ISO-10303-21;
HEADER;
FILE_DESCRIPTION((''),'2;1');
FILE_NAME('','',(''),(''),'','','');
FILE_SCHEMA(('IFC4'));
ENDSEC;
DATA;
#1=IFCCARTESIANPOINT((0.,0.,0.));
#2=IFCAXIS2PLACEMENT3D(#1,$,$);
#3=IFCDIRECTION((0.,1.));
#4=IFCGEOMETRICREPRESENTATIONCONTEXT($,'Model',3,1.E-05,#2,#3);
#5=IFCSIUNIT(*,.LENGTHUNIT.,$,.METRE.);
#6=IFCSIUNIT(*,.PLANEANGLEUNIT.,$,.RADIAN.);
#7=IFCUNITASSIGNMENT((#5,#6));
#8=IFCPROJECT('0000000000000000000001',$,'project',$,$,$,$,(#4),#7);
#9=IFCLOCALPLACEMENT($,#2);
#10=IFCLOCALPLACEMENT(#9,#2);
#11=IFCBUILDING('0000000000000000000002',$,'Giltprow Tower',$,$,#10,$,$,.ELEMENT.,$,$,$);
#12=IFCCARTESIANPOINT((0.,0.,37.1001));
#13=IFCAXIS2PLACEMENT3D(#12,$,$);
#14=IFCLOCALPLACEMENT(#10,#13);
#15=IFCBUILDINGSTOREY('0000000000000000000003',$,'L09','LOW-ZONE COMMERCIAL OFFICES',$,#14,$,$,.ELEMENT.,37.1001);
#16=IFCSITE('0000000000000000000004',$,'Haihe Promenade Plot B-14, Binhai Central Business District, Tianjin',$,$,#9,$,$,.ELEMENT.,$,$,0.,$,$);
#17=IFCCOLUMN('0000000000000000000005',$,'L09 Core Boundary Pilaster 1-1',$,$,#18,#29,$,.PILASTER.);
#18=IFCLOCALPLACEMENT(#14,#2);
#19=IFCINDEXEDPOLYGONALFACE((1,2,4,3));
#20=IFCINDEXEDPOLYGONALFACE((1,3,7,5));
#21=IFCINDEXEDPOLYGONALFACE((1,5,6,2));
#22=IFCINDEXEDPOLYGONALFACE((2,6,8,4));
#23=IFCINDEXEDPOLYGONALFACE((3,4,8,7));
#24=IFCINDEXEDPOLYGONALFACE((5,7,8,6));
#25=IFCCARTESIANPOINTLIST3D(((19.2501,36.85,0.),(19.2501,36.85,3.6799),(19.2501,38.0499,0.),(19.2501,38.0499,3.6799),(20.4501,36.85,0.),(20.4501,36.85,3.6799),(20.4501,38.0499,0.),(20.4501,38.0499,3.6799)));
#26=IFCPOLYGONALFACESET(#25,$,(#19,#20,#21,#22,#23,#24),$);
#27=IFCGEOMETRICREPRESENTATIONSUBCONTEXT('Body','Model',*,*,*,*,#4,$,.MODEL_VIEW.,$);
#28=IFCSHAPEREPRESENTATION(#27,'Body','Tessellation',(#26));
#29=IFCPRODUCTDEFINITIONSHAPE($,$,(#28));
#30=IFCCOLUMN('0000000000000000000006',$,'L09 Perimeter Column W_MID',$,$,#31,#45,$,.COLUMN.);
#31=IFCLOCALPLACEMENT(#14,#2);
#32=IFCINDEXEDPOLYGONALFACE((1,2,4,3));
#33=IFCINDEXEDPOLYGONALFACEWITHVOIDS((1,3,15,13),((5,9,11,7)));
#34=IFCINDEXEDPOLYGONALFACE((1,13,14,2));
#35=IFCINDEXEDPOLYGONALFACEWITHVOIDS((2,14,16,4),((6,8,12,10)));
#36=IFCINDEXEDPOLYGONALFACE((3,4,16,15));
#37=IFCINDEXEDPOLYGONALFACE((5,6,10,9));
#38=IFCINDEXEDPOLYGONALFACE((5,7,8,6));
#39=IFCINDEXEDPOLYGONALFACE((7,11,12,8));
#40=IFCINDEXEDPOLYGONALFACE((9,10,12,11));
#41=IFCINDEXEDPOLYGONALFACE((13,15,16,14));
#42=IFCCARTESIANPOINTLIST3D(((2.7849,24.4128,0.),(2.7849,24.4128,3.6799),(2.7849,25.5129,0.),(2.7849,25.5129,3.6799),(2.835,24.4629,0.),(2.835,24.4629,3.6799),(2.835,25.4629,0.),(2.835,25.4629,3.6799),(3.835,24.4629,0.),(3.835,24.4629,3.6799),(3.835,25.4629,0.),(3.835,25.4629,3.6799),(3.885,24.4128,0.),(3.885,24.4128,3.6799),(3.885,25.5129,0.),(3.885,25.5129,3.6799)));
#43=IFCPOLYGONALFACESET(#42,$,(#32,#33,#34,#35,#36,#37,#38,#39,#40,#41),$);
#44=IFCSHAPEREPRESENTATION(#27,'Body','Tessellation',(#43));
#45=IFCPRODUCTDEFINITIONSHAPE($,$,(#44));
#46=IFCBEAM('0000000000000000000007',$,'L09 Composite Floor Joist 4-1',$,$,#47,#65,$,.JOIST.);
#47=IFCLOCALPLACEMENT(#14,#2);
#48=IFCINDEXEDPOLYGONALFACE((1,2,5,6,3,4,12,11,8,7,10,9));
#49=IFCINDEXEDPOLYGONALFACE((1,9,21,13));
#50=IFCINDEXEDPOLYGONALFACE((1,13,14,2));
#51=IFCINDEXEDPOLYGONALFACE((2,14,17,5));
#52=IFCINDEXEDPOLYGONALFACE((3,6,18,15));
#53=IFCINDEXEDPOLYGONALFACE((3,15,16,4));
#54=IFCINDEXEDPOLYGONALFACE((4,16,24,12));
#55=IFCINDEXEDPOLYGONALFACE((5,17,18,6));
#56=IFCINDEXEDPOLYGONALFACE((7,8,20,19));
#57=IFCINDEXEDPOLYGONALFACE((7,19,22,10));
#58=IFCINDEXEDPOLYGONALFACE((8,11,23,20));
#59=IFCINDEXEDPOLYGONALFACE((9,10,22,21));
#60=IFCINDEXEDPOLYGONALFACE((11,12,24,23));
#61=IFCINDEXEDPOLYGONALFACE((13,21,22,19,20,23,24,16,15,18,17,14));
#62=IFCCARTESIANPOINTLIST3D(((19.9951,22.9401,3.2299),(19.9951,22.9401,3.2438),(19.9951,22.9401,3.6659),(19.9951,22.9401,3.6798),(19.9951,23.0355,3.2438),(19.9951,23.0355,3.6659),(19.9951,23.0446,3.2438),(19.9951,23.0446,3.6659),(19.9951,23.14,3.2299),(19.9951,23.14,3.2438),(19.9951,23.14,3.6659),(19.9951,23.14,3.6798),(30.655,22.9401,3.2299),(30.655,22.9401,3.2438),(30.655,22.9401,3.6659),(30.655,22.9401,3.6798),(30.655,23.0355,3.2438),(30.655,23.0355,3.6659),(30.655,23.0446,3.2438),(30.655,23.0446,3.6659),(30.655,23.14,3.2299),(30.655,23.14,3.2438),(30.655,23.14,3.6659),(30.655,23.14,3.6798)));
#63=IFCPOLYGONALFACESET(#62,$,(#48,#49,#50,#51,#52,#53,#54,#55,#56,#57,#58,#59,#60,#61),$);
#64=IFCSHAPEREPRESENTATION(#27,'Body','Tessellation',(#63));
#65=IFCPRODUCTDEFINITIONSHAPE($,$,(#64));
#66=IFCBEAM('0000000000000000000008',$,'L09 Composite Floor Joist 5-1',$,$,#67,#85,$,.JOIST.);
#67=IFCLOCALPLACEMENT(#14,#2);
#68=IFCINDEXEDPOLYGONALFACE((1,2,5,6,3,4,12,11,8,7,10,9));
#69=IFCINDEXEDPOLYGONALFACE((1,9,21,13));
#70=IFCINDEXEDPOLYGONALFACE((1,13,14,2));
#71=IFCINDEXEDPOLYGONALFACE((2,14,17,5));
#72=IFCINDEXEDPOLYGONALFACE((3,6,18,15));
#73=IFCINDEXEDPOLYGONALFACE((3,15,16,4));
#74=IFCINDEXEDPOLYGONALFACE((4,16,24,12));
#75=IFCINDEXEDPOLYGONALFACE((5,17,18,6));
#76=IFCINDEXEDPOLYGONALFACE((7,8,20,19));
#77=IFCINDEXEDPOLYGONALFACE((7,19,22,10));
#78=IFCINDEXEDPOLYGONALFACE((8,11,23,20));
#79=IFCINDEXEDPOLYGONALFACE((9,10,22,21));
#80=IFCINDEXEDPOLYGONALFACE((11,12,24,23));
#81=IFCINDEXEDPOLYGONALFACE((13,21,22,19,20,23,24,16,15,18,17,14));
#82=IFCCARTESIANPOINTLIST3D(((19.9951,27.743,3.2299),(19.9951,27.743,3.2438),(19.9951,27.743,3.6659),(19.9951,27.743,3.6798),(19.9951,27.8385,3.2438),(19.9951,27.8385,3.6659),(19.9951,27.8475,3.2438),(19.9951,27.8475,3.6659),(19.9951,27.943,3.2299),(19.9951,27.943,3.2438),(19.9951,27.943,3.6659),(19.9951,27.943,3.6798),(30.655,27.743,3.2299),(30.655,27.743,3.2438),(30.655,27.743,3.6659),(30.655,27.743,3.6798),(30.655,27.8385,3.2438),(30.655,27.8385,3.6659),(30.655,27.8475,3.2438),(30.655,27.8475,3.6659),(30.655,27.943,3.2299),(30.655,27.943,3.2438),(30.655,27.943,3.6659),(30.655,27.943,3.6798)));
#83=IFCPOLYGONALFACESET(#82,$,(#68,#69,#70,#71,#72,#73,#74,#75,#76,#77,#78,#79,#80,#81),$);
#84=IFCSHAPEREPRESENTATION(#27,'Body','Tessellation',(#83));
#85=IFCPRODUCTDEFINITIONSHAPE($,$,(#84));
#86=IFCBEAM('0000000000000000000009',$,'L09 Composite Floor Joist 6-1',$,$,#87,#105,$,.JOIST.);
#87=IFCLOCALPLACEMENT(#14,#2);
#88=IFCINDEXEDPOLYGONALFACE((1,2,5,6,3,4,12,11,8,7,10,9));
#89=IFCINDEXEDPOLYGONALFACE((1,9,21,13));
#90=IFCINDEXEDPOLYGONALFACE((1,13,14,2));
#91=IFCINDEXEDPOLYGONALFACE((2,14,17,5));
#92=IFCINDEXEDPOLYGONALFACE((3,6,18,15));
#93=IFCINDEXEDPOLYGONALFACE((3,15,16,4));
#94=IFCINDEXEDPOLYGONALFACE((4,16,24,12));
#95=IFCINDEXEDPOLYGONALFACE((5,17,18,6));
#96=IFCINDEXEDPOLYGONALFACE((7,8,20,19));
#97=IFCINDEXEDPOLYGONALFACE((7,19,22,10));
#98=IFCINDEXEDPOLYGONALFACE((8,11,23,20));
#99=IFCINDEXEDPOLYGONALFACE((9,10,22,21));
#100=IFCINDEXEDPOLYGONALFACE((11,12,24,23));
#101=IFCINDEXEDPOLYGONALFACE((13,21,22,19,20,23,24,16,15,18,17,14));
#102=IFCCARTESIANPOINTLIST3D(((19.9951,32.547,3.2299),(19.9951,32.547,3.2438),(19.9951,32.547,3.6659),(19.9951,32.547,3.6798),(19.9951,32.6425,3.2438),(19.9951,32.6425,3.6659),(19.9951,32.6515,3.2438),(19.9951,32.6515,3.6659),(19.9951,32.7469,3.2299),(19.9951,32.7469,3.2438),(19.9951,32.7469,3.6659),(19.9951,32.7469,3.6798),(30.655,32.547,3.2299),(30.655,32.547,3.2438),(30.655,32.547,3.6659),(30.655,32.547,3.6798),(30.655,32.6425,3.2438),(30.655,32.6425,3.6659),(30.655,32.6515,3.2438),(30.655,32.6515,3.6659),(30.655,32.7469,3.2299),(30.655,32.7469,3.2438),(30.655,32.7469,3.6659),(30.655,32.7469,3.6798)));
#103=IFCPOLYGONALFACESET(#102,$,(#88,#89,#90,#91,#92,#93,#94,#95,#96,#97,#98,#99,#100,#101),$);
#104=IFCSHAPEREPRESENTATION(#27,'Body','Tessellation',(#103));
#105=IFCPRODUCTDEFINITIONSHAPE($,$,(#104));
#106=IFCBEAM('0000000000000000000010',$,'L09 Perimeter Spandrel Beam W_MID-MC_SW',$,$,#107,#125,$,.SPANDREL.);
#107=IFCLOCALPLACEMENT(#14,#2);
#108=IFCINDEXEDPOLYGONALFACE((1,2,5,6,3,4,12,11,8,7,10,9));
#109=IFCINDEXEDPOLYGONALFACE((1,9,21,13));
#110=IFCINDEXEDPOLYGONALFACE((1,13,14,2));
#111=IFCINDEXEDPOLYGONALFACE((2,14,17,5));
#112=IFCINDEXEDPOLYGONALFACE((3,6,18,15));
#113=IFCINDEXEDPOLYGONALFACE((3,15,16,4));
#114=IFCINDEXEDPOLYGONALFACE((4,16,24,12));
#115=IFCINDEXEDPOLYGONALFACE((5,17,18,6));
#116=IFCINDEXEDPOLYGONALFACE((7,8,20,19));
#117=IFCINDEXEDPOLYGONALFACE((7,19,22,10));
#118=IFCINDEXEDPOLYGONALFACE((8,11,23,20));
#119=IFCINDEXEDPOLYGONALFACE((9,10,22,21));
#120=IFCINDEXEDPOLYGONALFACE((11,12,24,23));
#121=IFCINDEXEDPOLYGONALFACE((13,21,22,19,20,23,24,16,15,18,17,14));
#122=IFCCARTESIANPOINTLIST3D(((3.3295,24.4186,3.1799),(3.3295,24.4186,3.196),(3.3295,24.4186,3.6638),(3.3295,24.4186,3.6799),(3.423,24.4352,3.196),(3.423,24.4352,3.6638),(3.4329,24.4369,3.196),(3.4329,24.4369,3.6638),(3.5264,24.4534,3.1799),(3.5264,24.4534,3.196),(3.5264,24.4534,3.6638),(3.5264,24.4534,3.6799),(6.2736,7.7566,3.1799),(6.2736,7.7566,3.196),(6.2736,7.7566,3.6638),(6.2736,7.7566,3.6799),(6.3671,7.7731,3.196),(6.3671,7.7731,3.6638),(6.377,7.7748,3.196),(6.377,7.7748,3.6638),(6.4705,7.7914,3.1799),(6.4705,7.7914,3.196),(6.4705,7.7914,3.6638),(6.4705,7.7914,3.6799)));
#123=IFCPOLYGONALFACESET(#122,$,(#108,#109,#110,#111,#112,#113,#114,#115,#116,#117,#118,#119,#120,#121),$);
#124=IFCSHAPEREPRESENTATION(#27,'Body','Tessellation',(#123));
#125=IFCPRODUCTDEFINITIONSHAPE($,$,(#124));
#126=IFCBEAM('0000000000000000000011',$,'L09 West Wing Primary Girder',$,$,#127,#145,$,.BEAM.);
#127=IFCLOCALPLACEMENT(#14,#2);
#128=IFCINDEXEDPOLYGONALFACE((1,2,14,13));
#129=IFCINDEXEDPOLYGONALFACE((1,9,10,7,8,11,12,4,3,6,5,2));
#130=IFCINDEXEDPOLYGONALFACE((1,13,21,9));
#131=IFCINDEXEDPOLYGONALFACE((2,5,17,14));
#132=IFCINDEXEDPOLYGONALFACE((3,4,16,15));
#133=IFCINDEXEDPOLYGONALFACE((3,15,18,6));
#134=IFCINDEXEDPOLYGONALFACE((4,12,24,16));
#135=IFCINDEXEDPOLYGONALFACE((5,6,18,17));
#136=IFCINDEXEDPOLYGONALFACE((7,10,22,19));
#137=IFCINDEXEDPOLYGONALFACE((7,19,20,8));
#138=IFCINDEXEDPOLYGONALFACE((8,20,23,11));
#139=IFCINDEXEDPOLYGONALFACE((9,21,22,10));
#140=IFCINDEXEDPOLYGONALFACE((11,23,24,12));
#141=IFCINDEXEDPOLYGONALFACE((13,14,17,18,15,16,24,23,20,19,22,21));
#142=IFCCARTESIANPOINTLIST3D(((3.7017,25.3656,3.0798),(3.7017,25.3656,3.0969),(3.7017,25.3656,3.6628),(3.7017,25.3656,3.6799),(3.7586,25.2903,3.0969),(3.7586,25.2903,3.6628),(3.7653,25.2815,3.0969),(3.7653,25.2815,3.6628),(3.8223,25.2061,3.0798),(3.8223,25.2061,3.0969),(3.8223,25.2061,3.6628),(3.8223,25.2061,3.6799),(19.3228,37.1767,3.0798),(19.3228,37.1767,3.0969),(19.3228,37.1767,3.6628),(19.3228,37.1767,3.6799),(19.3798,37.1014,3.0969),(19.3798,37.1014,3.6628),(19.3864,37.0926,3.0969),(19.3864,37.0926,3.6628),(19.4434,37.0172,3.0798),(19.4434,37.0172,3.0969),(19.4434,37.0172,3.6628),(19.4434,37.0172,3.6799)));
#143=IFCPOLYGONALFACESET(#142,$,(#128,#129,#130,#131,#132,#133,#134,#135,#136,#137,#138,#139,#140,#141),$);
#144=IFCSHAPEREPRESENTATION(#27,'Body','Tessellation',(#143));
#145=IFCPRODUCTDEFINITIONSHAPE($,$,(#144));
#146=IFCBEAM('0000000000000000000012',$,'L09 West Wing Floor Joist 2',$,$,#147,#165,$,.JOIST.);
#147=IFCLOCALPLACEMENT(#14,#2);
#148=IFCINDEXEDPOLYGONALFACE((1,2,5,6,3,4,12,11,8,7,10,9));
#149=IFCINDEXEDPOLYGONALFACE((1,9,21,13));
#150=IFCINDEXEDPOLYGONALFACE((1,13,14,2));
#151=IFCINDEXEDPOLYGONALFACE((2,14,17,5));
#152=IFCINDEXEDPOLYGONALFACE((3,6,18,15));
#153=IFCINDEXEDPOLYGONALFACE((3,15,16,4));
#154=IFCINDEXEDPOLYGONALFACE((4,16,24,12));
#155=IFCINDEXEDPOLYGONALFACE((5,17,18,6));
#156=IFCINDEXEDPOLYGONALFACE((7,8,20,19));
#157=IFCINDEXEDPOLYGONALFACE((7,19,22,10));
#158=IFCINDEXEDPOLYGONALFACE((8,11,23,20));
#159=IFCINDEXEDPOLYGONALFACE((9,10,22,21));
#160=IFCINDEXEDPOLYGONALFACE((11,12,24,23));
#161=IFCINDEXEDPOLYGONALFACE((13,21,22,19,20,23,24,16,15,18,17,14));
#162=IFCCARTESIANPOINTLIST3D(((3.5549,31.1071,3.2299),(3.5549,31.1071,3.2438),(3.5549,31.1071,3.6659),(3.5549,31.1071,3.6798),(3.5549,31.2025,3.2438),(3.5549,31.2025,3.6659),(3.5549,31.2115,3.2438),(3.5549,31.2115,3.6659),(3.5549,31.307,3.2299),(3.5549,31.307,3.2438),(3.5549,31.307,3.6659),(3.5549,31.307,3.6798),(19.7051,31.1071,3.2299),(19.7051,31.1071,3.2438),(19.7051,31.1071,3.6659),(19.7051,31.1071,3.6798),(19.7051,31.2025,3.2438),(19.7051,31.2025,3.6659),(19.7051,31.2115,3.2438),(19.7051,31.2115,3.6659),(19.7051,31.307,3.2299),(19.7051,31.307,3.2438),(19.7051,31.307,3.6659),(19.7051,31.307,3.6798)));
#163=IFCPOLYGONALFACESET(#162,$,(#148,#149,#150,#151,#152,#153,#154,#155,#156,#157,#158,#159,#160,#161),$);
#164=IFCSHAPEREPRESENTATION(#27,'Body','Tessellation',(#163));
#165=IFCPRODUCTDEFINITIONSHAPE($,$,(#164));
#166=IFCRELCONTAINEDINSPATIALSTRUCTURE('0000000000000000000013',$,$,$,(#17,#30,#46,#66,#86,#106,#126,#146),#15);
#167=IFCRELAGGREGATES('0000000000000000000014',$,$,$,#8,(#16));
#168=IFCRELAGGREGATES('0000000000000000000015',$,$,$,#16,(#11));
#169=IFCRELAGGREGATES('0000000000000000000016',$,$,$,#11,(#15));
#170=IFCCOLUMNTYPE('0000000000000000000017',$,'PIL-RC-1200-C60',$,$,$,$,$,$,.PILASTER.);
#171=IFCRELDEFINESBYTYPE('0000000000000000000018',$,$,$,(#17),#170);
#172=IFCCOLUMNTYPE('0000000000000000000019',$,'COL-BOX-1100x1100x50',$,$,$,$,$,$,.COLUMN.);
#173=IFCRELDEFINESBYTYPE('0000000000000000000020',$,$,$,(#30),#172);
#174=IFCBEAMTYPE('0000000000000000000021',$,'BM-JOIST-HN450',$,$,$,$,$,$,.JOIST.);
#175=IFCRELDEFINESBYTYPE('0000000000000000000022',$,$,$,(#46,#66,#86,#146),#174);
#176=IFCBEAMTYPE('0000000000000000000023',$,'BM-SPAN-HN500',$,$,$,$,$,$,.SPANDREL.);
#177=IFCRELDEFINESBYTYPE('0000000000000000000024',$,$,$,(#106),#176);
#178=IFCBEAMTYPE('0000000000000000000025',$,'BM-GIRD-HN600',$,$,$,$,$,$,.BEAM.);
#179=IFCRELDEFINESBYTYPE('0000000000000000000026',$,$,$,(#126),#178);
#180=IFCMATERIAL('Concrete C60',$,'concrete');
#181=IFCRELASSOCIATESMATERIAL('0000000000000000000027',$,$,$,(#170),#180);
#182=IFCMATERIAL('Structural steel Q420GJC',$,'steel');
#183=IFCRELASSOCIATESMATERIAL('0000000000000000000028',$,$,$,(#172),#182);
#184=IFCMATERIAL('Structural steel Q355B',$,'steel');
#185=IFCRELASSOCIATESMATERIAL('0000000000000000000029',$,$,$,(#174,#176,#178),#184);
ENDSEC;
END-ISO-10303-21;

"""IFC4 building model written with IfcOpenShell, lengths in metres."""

from ifc_helpers import new_model, si_unit, direction, frame, origin, origin_2d, place, context, subcontext, project, spatial, rectangle, hollow_rectangle, i_section, extrude, source, transform, mapped, material, material_profile, profile_set, type_object, element, save


model = new_model("IFC4")

# Units and contexts
model_context = context("Model", 3, precision=1e-05, world=origin(), true_north=direction((0.0, 1.0)))
body_context = subcontext(model_context, "Body", "Model", "MODEL_VIEW")
ifc_project = project(units=[si_unit("LENGTHUNIT", "METRE"), si_unit("PLANEANGLEUNIT", "RADIAN")], contexts=[model_context])

# Site, building, storey
site_placement = place(None, origin())
site = spatial("IfcSite", under=ifc_project, at=site_placement, Name="Haihe Promenade Plot B-14, Binhai Central Business District, Tianjin", CompositionType="ELEMENT", RefElevation=0.0)
building_placement = place(site_placement, origin())
building = spatial("IfcBuilding", under=site, at=building_placement, Name="Giltprow Tower", CompositionType="ELEMENT")
storey_placement = place(building_placement, frame((0.0, 0.0, 37.1001)))
storey = spatial("IfcBuildingStorey", under=building, at=storey_placement, Name="L09", Description="LOW-ZONE COMMERCIAL OFFICES", CompositionType="ELEMENT", Elevation=37.1001)

# Columns
ifc_material_1 = material(Name="Concrete C60", Category="concrete")
ifc_material_profile_1 = material_profile(ifc_material_1, rectangle(XDim=1.2, YDim=1.2, at=origin_2d()), Name="RC 1200x1200")
ifc_profile_set_1 = profile_set([ifc_material_profile_1], Name="Concrete C60")
column_type_1 = type_object("IfcColumnType", Name="PIL-RC-1200-C60", PredefinedType="PILASTER", material=ifc_profile_set_1)
shared_shape_1 = source(origin(), body_context, "Body", "SweptSolid", [
    extrude(rectangle(XDim=1.2, YDim=1.2, at=origin_2d()), origin(), (0.0, 0.0, 1.0), 3.6799),
])
column_1_placement = place(storey_placement, frame((19.8501, 37.45, 0.0), z_axis=(0.0, 0.0, 1.0), x_axis=(1.0, 0.0, 0.0)))
element("IfcColumn", 1, at=column_1_placement, inside=storey, type_object=column_type_1, Name="L09 Core Boundary Pilaster 1-1", PredefinedType="PILASTER", context=body_context, shape_type="MappedRepresentation", body=[
    mapped(shared_shape_1, transform((0.0, 0.0, 0.0), x_axis=(1.0, 0.0, 0.0), y_axis=(0.0, 1.0, 0.0), z_axis=(0.0, 0.0, 1.0), scale=1.0)),
])
ifc_material_2 = material(Name="Structural steel Q420GJC", Category="steel")
ifc_material_profile_2 = material_profile(ifc_material_2, hollow_rectangle(XDim=1.1001, YDim=1.1001, WallThickness=0.05, at=origin_2d()), Name="BOX 1100x1100x50")
ifc_profile_set_2 = profile_set([ifc_material_profile_2], Name="Structural steel Q420GJC")
column_type_2 = type_object("IfcColumnType", Name="COL-BOX-1100x1100x50", PredefinedType="COLUMN", material=ifc_profile_set_2)
shared_shape_2 = source(origin(), body_context, "Body", "SweptSolid", [
    extrude(hollow_rectangle(XDim=1.1001, YDim=1.1001, WallThickness=0.05, at=origin_2d()), origin(), (0.0, 0.0, 1.0), 3.6799),
])
column_2_placement = place(storey_placement, frame((3.335, 24.9629, 0.0), z_axis=(0.0, 0.0, 1.0), x_axis=(1.0, 0.0, 0.0)))
element("IfcColumn", 2, at=column_2_placement, inside=storey, type_object=column_type_2, Name="L09 Perimeter Column W_MID", PredefinedType="COLUMN", context=body_context, shape_type="MappedRepresentation", body=[
    mapped(shared_shape_2, transform((0.0, 0.0, 0.0), x_axis=(1.0, 0.0, 0.0), y_axis=(0.0, 1.0, 0.0), z_axis=(0.0, 0.0, 1.0), scale=1.0)),
])

# Beams
ifc_material_3 = material(Name="Structural steel Q355B", Category="steel")
ifc_material_profile_3 = material_profile(ifc_material_3, i_section(OverallWidth=0.2, OverallDepth=0.45, WebThickness=0.009, FlangeThickness=0.0139, at=origin_2d()), Name="HN 450x200x9x14")
ifc_profile_set_3 = profile_set([ifc_material_profile_3], Name="Structural steel Q355B")
beam_type_1 = type_object("IfcBeamType", Name="BM-JOIST-HN450", PredefinedType="JOIST", material=ifc_profile_set_3)
shared_shape_3 = source(origin(), body_context, "Body", "SweptSolid", [
    extrude(i_section(OverallWidth=0.2, OverallDepth=0.45, WebThickness=0.009, FlangeThickness=0.0139, at=origin_2d()), origin(), (0.0, 0.0, 1.0), 10.6599),
])
for number, where, z_axis, x_axis, name in (
    (3, (19.9951, 23.04, 3.4548), (1.0, 0.0, 0.0), (0.0, 1.0, 0.0), "L09 Composite Floor Joist 4-1"),
    (4, (19.9951, 27.843, 3.4548), (1.0, 0.0, 0.0), (0.0, 1.0, 0.0), "L09 Composite Floor Joist 5-1"),
    (5, (19.9951, 32.647, 3.4548), (1.0, 0.0, 0.0), (0.0, 1.0, 0.0), "L09 Composite Floor Joist 6-1"),
):
    element("IfcBeam", number, at=place(storey_placement, frame(where, z_axis=z_axis, x_axis=x_axis)), inside=storey, type_object=beam_type_1, Name=name, PredefinedType="JOIST", context=body_context, shape_type="MappedRepresentation", body=[
        mapped(shared_shape_3, transform((0.0, 0.0, 0.0), x_axis=(1.0, 0.0, 0.0), y_axis=(0.0, 1.0, 0.0), z_axis=(0.0, 0.0, 1.0), scale=1.0)),
    ])
ifc_material_profile_4 = material_profile(ifc_material_3, i_section(OverallWidth=0.2, OverallDepth=0.5, WebThickness=0.01, FlangeThickness=0.0161, at=origin_2d()), Name="HN 500x200x10x16")
ifc_profile_set_4 = profile_set([ifc_material_profile_4], Name="Structural steel Q355B")
beam_type_2 = type_object("IfcBeamType", Name="BM-SPAN-HN500", PredefinedType="SPANDREL", material=ifc_profile_set_4)
shared_shape_4 = source(origin(), body_context, "Body", "SweptSolid", [
    extrude(i_section(OverallWidth=0.2, OverallDepth=0.5, WebThickness=0.01, FlangeThickness=0.0161, at=origin_2d()), origin(), (0.0, 0.0, 1.0), 16.9202),
])
beam_1_placement = place(storey_placement, frame((3.428, 24.436, 3.4299), z_axis=(0.173999, -0.984746, 0.0), x_axis=(0.984746, 0.173999, 0.0)))
element("IfcBeam", 6, at=beam_1_placement, inside=storey, type_object=beam_type_2, Name="L09 Perimeter Spandrel Beam W_MID-MC_SW", PredefinedType="SPANDREL", context=body_context, shape_type="MappedRepresentation", body=[
    mapped(shared_shape_4, transform((0.0, 0.0, 0.0), x_axis=(1.0, 0.0, 0.0), y_axis=(0.0, 1.0, 0.0), z_axis=(0.0, 0.0, 1.0), scale=1.0)),
])
ifc_material_profile_5 = material_profile(ifc_material_3, i_section(OverallWidth=0.2, OverallDepth=0.6001, WebThickness=0.011, FlangeThickness=0.0171, at=origin_2d()), Name="HN 600x200x11x17")
ifc_profile_set_5 = profile_set([ifc_material_profile_5], Name="Structural steel Q355B")
beam_type_3 = type_object("IfcBeamType", Name="BM-GIRD-HN600", PredefinedType="BEAM", material=ifc_profile_set_5)
shared_shape_5 = source(origin(), body_context, "Body", "SweptSolid", [
    extrude(i_section(OverallWidth=0.2, OverallDepth=0.6001, WebThickness=0.011, FlangeThickness=0.0171, at=origin_2d()), origin(), (0.0, 0.0, 1.0), 19.5837),
])
beam_2_placement = place(storey_placement, frame((3.762, 25.2859, 3.3799), z_axis=(0.79766, 0.603107, 0.0), x_axis=(-0.603107, 0.79766, 0.0)))
element("IfcBeam", 7, at=beam_2_placement, inside=storey, type_object=beam_type_3, Name="L09 West Wing Primary Girder", PredefinedType="BEAM", context=body_context, shape_type="MappedRepresentation", body=[
    mapped(shared_shape_5, transform((0.0, 0.0, 0.0), x_axis=(1.0, 0.0, 0.0), y_axis=(0.0, 1.0, 0.0), z_axis=(0.0, 0.0, 1.0), scale=1.0)),
])
shared_shape_6 = source(origin(), body_context, "Body", "SweptSolid", [
    extrude(i_section(OverallWidth=0.2, OverallDepth=0.45, WebThickness=0.009, FlangeThickness=0.0139, at=origin_2d()), origin(), (0.0, 0.0, 1.0), 16.1501),
])
beam_3_placement = place(storey_placement, frame((3.5549, 31.207, 3.4548), z_axis=(1.0, 0.0, 0.0), x_axis=(0.0, 1.0, 0.0)))
element("IfcBeam", 8, at=beam_3_placement, inside=storey, type_object=beam_type_1, Name="L09 West Wing Floor Joist 2", PredefinedType="JOIST", context=body_context, shape_type="MappedRepresentation", body=[
    mapped(shared_shape_6, transform((0.0, 0.0, 0.0), x_axis=(1.0, 0.0, 0.0), y_axis=(0.0, 1.0, 0.0), z_axis=(0.0, 0.0, 1.0), scale=1.0)),
])

save(model, "model.ifc")
